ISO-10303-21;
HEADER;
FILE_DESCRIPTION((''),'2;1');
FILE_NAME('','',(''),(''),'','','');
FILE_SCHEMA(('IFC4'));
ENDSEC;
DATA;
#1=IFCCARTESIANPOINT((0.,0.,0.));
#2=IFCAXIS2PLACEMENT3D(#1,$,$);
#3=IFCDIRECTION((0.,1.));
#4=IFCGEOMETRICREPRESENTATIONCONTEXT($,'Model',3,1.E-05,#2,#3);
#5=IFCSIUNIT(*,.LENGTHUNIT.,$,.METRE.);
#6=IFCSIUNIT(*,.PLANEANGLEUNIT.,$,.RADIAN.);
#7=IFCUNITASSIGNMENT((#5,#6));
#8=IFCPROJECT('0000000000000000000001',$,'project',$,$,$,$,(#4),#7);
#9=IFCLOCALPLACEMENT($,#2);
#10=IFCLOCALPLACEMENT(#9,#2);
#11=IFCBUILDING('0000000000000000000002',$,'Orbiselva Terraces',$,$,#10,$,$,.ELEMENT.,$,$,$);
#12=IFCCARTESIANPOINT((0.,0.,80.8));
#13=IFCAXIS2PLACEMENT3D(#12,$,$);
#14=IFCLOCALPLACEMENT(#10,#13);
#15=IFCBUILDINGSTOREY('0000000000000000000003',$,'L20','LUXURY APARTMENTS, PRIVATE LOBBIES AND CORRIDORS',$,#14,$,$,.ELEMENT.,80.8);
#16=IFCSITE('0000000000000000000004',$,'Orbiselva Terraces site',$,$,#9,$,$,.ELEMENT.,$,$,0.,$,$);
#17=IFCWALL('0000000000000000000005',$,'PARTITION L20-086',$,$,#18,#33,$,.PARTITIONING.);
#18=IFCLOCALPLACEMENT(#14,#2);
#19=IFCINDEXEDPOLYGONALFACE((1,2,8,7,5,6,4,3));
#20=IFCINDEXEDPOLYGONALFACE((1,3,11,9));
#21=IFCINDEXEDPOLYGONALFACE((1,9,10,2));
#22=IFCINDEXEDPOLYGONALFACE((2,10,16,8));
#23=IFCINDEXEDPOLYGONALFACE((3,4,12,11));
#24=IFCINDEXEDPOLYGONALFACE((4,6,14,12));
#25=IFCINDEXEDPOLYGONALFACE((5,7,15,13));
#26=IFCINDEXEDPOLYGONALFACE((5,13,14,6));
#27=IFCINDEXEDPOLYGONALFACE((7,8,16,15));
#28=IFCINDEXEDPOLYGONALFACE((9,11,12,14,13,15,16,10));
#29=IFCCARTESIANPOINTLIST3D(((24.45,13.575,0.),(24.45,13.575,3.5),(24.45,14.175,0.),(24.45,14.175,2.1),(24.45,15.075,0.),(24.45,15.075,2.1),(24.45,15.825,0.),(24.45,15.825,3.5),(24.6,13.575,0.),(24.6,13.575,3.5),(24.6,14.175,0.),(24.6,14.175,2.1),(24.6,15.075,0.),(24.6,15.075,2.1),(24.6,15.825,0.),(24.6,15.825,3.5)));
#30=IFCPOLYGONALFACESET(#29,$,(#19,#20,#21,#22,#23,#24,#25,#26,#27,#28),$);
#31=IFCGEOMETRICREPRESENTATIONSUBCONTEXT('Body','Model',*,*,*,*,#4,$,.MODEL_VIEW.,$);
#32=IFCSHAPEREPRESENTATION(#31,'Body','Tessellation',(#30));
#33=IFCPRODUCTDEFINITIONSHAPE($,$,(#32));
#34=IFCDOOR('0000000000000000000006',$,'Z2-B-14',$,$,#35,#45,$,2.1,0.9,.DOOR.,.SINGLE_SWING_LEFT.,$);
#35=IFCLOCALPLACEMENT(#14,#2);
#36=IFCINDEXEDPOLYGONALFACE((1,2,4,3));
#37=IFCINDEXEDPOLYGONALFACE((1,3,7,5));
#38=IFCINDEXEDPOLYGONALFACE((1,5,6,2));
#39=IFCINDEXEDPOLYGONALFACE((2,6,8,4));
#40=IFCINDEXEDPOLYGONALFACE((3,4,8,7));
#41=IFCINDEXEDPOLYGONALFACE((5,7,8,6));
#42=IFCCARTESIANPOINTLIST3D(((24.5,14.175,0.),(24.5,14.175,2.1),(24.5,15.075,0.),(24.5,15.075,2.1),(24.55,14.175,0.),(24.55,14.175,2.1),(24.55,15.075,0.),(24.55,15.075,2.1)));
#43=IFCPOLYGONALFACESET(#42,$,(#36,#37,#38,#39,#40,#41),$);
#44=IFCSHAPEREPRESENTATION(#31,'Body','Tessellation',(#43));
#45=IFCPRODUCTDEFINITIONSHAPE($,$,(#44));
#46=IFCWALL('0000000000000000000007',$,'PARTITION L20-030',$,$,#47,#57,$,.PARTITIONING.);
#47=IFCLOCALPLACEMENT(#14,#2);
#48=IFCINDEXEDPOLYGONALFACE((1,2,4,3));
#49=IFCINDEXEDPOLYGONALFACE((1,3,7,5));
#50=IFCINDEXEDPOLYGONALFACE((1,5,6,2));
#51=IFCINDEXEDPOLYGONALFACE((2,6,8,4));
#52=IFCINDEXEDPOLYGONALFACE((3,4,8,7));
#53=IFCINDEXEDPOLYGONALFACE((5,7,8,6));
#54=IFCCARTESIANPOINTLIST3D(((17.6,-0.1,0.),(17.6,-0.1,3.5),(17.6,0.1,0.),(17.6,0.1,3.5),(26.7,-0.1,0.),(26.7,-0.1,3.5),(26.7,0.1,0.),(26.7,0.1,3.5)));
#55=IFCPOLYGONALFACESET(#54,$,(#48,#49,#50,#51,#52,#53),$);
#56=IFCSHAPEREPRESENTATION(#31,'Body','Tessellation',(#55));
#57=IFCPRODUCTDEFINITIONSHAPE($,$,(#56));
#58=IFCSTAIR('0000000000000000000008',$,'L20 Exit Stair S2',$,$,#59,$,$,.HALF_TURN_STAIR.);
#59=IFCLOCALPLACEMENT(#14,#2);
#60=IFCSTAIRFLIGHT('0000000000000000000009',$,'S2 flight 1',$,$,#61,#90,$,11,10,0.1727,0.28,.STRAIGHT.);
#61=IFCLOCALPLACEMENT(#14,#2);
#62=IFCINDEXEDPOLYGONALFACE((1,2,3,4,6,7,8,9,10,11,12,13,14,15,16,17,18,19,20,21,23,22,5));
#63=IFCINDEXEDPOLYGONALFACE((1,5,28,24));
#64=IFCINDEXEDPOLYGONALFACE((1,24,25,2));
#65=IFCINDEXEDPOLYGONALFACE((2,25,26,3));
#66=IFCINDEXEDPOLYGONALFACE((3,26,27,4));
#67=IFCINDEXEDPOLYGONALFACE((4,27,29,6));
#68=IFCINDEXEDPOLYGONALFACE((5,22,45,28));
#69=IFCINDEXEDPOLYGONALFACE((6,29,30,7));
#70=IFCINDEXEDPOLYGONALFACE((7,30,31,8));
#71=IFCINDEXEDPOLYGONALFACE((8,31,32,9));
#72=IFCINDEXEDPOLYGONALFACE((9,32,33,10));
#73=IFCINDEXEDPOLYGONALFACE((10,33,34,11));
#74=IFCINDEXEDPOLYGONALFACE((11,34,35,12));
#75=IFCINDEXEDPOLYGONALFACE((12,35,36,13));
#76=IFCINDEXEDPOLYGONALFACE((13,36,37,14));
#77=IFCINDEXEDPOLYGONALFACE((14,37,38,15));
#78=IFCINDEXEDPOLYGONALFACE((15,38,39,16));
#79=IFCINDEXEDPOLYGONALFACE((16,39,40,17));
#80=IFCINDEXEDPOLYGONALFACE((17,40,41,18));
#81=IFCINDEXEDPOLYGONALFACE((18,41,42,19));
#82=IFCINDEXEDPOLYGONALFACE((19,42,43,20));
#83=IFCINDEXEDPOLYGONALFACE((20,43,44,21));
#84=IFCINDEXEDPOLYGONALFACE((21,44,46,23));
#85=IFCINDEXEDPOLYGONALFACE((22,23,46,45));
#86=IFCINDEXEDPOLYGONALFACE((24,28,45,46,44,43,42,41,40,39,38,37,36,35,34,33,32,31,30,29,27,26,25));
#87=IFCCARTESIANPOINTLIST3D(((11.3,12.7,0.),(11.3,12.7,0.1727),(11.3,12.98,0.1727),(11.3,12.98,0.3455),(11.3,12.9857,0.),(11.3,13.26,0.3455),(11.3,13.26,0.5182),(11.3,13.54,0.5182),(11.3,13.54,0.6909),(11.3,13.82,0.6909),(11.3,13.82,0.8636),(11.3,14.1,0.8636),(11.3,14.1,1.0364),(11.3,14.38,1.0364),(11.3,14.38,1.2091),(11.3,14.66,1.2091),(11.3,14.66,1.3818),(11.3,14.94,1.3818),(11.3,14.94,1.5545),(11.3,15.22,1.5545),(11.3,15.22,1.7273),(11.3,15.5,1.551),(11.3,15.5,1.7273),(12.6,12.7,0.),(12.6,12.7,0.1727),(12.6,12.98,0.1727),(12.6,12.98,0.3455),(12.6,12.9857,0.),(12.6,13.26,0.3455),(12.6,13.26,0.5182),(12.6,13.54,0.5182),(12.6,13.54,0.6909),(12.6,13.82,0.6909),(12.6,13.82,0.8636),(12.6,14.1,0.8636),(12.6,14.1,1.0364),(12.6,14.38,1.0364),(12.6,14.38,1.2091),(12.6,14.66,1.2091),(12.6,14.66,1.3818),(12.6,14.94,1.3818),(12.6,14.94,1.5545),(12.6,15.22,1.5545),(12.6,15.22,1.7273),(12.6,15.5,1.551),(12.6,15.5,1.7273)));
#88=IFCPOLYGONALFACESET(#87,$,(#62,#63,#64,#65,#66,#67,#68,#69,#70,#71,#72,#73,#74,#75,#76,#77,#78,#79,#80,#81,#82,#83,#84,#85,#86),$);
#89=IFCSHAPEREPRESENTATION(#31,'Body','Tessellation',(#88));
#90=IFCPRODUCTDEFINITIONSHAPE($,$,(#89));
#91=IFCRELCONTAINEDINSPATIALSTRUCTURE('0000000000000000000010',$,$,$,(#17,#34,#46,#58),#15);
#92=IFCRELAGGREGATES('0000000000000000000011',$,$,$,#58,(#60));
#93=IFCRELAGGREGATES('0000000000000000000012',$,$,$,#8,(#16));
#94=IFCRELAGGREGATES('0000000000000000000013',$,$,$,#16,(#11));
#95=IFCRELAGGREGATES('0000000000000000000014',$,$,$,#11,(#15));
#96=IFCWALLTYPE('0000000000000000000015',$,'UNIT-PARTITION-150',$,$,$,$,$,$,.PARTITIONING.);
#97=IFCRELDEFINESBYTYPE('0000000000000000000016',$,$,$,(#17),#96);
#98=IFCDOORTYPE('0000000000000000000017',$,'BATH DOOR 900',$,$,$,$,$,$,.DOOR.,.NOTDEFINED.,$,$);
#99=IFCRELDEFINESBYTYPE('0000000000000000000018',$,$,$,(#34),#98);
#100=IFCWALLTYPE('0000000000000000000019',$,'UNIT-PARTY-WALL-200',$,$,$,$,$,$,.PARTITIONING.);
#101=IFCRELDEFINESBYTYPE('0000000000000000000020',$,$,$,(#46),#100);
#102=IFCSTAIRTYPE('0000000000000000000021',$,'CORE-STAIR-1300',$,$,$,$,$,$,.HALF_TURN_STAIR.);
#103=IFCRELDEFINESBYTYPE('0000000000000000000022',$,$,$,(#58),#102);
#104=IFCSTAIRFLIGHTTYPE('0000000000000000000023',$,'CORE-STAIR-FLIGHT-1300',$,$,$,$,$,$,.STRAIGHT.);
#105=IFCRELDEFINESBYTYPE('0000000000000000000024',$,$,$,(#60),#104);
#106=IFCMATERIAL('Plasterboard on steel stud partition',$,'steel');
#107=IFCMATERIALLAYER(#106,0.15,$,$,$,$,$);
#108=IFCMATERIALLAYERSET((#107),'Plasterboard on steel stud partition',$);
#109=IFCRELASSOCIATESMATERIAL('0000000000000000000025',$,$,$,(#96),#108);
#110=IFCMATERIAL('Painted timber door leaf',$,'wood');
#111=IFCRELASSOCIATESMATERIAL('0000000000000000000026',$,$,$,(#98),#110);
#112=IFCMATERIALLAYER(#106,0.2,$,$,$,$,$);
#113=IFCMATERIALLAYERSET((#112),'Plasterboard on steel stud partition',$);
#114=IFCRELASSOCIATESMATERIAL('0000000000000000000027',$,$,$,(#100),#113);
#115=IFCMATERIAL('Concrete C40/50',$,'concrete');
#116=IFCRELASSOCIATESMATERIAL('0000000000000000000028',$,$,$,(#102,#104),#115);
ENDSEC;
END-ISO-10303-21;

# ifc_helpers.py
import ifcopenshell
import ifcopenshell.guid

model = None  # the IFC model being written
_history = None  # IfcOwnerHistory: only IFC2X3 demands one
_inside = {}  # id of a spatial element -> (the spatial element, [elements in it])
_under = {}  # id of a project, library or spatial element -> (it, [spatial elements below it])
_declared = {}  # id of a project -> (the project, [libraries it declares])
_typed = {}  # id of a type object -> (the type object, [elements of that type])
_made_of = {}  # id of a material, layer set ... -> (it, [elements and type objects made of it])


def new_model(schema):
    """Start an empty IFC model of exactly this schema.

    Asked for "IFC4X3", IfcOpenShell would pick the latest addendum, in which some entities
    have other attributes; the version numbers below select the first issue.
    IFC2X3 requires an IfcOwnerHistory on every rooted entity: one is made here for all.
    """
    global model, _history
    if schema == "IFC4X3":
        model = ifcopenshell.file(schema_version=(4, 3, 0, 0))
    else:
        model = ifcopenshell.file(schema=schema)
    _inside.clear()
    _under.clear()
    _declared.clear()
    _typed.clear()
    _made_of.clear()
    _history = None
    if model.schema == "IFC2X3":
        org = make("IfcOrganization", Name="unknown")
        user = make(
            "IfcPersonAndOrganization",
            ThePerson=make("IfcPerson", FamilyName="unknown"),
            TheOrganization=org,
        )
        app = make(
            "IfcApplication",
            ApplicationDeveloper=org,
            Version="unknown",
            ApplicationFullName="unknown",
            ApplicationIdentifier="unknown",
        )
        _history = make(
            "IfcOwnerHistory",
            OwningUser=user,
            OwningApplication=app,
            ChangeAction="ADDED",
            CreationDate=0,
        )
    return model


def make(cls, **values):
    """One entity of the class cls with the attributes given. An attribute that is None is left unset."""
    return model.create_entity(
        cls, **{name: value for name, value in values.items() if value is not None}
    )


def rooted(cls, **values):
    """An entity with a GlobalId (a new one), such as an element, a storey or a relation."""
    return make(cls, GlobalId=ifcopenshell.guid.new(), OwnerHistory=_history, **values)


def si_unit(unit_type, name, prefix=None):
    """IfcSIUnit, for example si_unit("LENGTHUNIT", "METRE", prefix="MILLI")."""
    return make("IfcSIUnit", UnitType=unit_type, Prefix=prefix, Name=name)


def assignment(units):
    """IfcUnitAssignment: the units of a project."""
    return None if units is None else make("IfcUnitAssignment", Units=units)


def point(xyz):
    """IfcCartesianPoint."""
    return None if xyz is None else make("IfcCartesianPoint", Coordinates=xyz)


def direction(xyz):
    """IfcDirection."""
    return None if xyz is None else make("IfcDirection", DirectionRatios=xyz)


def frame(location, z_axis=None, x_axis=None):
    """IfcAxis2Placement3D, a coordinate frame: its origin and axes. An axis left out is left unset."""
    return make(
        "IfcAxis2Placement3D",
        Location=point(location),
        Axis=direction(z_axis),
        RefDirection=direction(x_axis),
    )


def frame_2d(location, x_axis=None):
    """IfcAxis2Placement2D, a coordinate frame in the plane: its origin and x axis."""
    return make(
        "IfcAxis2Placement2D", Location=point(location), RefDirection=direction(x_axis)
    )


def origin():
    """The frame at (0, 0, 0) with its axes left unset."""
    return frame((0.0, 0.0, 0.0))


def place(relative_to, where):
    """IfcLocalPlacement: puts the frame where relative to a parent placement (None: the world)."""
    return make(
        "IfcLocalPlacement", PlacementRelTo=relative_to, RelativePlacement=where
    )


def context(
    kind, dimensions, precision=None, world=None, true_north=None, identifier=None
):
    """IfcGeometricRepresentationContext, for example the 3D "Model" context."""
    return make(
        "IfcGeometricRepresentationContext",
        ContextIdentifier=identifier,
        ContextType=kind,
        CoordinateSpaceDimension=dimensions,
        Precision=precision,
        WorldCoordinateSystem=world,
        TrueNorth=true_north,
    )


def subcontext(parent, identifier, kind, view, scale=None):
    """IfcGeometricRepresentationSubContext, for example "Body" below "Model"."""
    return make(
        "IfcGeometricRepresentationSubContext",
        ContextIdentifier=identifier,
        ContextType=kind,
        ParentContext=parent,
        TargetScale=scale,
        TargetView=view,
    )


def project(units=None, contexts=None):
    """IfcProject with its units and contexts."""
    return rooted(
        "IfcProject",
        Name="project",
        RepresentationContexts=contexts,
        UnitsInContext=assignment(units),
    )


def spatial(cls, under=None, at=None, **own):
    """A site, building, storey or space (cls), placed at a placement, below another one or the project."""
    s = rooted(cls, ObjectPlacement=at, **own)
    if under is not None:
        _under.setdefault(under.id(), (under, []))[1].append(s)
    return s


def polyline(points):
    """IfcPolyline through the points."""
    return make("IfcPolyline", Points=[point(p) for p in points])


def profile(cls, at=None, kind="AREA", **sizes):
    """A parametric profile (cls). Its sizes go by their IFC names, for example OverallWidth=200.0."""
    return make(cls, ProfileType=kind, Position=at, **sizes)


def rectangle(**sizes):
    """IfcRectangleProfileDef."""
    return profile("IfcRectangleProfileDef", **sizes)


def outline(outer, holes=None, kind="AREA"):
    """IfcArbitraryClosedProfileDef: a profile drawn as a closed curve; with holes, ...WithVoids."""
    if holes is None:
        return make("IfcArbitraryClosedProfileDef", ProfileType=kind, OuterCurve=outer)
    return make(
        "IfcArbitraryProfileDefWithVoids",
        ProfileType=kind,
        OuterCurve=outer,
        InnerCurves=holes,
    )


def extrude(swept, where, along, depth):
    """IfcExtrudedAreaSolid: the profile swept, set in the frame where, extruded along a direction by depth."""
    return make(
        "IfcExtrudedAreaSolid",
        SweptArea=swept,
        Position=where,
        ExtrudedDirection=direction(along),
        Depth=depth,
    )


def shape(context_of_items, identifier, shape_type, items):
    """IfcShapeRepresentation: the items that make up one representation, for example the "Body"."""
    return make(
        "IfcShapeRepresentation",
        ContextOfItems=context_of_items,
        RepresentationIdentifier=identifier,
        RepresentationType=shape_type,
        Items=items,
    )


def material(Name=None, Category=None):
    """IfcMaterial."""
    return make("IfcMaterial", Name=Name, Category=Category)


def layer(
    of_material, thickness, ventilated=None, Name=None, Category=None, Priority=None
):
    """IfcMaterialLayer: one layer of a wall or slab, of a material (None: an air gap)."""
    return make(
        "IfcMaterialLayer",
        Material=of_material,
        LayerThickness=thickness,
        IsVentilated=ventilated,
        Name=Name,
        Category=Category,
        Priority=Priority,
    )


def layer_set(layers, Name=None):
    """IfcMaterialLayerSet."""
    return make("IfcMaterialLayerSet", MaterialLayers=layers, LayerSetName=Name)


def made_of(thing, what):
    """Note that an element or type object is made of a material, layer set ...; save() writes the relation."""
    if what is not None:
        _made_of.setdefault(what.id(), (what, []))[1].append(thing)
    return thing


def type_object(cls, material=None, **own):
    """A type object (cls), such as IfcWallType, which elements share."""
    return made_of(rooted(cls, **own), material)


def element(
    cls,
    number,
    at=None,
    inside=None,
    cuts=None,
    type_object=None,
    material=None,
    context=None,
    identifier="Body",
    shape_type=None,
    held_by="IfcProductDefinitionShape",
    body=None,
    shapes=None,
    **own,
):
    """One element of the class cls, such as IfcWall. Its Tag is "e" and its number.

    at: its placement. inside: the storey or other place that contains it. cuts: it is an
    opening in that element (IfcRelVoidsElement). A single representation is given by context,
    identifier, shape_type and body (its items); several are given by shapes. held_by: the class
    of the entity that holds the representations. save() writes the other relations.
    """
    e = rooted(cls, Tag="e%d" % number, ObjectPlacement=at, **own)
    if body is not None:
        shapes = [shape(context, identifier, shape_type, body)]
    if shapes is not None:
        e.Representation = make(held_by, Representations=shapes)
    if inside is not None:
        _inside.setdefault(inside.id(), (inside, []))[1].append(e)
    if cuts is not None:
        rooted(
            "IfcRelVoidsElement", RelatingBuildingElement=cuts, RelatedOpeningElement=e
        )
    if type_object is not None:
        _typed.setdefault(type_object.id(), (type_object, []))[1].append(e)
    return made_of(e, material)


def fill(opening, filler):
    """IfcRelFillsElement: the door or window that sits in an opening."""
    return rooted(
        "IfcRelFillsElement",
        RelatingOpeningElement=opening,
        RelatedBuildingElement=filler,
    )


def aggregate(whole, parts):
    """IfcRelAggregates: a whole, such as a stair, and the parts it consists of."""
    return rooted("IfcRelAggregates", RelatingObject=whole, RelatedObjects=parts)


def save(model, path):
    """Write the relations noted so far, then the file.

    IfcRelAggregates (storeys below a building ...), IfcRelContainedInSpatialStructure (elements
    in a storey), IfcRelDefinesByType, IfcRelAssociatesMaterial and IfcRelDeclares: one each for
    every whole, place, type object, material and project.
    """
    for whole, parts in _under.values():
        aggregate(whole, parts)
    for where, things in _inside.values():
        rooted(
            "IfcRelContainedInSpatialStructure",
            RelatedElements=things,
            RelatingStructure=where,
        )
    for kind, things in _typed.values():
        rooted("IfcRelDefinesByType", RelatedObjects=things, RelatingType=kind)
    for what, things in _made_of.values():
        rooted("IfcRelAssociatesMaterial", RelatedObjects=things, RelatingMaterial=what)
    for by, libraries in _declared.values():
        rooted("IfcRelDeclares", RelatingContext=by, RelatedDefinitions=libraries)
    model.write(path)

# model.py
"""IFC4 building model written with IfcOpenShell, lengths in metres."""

from ifc_helpers import new_model, si_unit, direction, frame, frame_2d, origin, place, context, subcontext, project, spatial, polyline, rectangle, outline, extrude, material, layer, layer_set, type_object, element, fill, aggregate, save


model = new_model("IFC4")

# Units and contexts
model_context = context("Model", 3, precision=1e-05, world=origin(), true_north=direction((0.0, 1.0)))
body_context = subcontext(model_context, "Body", "Model", "MODEL_VIEW")
ifc_project = project(units=[si_unit("LENGTHUNIT", "METRE"), si_unit("PLANEANGLEUNIT", "RADIAN")], contexts=[model_context])

# Site, building, storey
site_placement = place(None, origin())
site = spatial("IfcSite", under=ifc_project, at=site_placement, Name="Orbiselva Terraces site", CompositionType="ELEMENT", RefElevation=0.0)
building_placement = place(site_placement, origin())
building = spatial("IfcBuilding", under=site, at=building_placement, Name="Orbiselva Terraces", CompositionType="ELEMENT")
storey_placement = place(building_placement, frame((0.0, 0.0, 80.8)))
storey = spatial("IfcBuildingStorey", under=building, at=storey_placement, Name="L20", Description="LUXURY APARTMENTS, PRIVATE LOBBIES AND CORRIDORS", CompositionType="ELEMENT", Elevation=80.8)

# Shared definitions
ifc_material_1 = material(Name="Plasterboard on steel stud partition", Category="steel")
ifc_material_2 = material(Name="Painted timber door leaf", Category="wood")
ifc_layer_1 = layer(ifc_material_1, 0.15)
ifc_layer_set_1 = layer_set([ifc_layer_1], Name="Plasterboard on steel stud partition")
wall_type_1 = type_object("IfcWallType", Name="UNIT-PARTITION-150", PredefinedType="PARTITIONING", material=ifc_layer_set_1)
door_type_1 = type_object("IfcDoorType", Name="BATH DOOR 900", OperationType="NOTDEFINED", PredefinedType="DOOR", material=ifc_material_2)

# Wall, opening, door
wall_1_placement = place(storey_placement, frame((24.525, 13.575, 0.0), z_axis=(0.0, 0.0, 1.0), x_axis=(0.0, 1.0, 0.0)))
wall_1 = element("IfcWall", 1, at=wall_1_placement, inside=storey, type_object=wall_type_1, Name="PARTITION L20-086", PredefinedType="PARTITIONING", context=body_context, shape_type="SweptSolid", body=[
    extrude(rectangle(XDim=2.25, YDim=0.15, at=frame_2d((1.125, 0.0))), origin(), (0.0, 0.0, 1.0), 3.5),
])
opening_1_placement = place(wall_1_placement, frame((0.6, 0.0, 0.0)))
opening_1 = element("IfcOpeningElement", 2, at=opening_1_placement, cuts=wall_1, PredefinedType="OPENING", context=body_context, shape_type="SweptSolid", body=[
    extrude(rectangle(XDim=0.9, YDim=2.1, at=frame_2d((0.45, 1.05))), frame((0.0, 0.085, 0.0), z_axis=(0.0, -1.0, 0.0), x_axis=(1.0, 0.0, 0.0)), (0.0, 0.0, 1.0), 0.17),
])
door_1_placement = place(opening_1_placement, origin())
door_1 = element("IfcDoor", 3, at=door_1_placement, inside=storey, type_object=door_type_1, Name="Z2-B-14", OperationType="SINGLE_SWING_LEFT", OverallHeight=2.1, OverallWidth=0.9, PredefinedType="DOOR", context=body_context, shape_type="SweptSolid", body=[
    extrude(rectangle(XDim=0.9, YDim=2.1, at=frame_2d((0.45, 1.05))), frame((0.0, 0.025, 0.0), z_axis=(0.0, -1.0, 0.0), x_axis=(1.0, 0.0, 0.0)), (0.0, 0.0, 1.0), 0.05),
])
fill(opening_1, door_1)

# Wall
ifc_layer_2 = layer(ifc_material_1, 0.2)
ifc_layer_set_2 = layer_set([ifc_layer_2], Name="Plasterboard on steel stud partition")
wall_type_2 = type_object("IfcWallType", Name="UNIT-PARTY-WALL-200", PredefinedType="PARTITIONING", material=ifc_layer_set_2)
wall_2_placement = place(storey_placement, frame((17.6, 0.0, 0.0), z_axis=(0.0, 0.0, 1.0), x_axis=(1.0, 0.0, 0.0)))
element("IfcWall", 4, at=wall_2_placement, inside=storey, type_object=wall_type_2, Name="PARTITION L20-030", PredefinedType="PARTITIONING", context=body_context, shape_type="SweptSolid", body=[
    extrude(rectangle(XDim=9.1, YDim=0.2, at=frame_2d((4.55, 0.0))), origin(), (0.0, 0.0, 1.0), 3.5),
])

# Stair, stair flight
ifc_material_3 = material(Name="Concrete C40/50", Category="concrete")
stair_type = type_object("IfcStairType", Name="CORE-STAIR-1300", PredefinedType="HALF_TURN_STAIR", material=ifc_material_3)
stair_placement = place(storey_placement, origin())
stair = element("IfcStair", 5, at=stair_placement, inside=storey, type_object=stair_type, Name="L20 Exit Stair S2", PredefinedType="HALF_TURN_STAIR")
stair_flight_type = type_object("IfcStairFlightType", Name="CORE-STAIR-FLIGHT-1300", PredefinedType="STRAIGHT", material=ifc_material_3)
stair_flight_placement = place(storey_placement, frame((11.95, 12.7, 0.0), z_axis=(0.0, 0.0, 1.0), x_axis=(0.0, 1.0, 0.0)))
stair_flight = element("IfcStairFlight", 6, at=stair_flight_placement, type_object=stair_flight_type, Name="S2 flight 1", NumberOfRisers=11, NumberOfTreads=10, PredefinedType="STRAIGHT", RiserHeight=0.1727, TreadLength=0.28, context=body_context, shape_type="SweptSolid", body=[
    extrude(outline(polyline([(0.0, 0.0), (0.0, 0.1727), (0.28, 0.1727), (0.28, 0.3455), (0.56, 0.3455), (0.56, 0.5182), (0.84, 0.5182), (0.84, 0.6909), (1.12, 0.6909), (1.12, 0.8636), (1.4, 0.8636), (1.4, 1.0364), (1.68, 1.0364), (1.68, 1.2091), (1.96, 1.2091), (1.96, 1.3818), (2.24, 1.3818), (2.24, 1.5545), (2.52, 1.5545), (2.52, 1.7273), (2.8, 1.7273), (2.8, 1.9), (2.8, 1.551), (0.2857, 0.0), (0.0, 0.0)])), frame((0.0, 0.65, 0.0), z_axis=(0.0, -1.0, 0.0), x_axis=(1.0, 0.0, 0.0)), (0.0, 0.0, 1.0), 1.3),
])
aggregate(stair, [stair_flight])

save(model, "model.ifc")
